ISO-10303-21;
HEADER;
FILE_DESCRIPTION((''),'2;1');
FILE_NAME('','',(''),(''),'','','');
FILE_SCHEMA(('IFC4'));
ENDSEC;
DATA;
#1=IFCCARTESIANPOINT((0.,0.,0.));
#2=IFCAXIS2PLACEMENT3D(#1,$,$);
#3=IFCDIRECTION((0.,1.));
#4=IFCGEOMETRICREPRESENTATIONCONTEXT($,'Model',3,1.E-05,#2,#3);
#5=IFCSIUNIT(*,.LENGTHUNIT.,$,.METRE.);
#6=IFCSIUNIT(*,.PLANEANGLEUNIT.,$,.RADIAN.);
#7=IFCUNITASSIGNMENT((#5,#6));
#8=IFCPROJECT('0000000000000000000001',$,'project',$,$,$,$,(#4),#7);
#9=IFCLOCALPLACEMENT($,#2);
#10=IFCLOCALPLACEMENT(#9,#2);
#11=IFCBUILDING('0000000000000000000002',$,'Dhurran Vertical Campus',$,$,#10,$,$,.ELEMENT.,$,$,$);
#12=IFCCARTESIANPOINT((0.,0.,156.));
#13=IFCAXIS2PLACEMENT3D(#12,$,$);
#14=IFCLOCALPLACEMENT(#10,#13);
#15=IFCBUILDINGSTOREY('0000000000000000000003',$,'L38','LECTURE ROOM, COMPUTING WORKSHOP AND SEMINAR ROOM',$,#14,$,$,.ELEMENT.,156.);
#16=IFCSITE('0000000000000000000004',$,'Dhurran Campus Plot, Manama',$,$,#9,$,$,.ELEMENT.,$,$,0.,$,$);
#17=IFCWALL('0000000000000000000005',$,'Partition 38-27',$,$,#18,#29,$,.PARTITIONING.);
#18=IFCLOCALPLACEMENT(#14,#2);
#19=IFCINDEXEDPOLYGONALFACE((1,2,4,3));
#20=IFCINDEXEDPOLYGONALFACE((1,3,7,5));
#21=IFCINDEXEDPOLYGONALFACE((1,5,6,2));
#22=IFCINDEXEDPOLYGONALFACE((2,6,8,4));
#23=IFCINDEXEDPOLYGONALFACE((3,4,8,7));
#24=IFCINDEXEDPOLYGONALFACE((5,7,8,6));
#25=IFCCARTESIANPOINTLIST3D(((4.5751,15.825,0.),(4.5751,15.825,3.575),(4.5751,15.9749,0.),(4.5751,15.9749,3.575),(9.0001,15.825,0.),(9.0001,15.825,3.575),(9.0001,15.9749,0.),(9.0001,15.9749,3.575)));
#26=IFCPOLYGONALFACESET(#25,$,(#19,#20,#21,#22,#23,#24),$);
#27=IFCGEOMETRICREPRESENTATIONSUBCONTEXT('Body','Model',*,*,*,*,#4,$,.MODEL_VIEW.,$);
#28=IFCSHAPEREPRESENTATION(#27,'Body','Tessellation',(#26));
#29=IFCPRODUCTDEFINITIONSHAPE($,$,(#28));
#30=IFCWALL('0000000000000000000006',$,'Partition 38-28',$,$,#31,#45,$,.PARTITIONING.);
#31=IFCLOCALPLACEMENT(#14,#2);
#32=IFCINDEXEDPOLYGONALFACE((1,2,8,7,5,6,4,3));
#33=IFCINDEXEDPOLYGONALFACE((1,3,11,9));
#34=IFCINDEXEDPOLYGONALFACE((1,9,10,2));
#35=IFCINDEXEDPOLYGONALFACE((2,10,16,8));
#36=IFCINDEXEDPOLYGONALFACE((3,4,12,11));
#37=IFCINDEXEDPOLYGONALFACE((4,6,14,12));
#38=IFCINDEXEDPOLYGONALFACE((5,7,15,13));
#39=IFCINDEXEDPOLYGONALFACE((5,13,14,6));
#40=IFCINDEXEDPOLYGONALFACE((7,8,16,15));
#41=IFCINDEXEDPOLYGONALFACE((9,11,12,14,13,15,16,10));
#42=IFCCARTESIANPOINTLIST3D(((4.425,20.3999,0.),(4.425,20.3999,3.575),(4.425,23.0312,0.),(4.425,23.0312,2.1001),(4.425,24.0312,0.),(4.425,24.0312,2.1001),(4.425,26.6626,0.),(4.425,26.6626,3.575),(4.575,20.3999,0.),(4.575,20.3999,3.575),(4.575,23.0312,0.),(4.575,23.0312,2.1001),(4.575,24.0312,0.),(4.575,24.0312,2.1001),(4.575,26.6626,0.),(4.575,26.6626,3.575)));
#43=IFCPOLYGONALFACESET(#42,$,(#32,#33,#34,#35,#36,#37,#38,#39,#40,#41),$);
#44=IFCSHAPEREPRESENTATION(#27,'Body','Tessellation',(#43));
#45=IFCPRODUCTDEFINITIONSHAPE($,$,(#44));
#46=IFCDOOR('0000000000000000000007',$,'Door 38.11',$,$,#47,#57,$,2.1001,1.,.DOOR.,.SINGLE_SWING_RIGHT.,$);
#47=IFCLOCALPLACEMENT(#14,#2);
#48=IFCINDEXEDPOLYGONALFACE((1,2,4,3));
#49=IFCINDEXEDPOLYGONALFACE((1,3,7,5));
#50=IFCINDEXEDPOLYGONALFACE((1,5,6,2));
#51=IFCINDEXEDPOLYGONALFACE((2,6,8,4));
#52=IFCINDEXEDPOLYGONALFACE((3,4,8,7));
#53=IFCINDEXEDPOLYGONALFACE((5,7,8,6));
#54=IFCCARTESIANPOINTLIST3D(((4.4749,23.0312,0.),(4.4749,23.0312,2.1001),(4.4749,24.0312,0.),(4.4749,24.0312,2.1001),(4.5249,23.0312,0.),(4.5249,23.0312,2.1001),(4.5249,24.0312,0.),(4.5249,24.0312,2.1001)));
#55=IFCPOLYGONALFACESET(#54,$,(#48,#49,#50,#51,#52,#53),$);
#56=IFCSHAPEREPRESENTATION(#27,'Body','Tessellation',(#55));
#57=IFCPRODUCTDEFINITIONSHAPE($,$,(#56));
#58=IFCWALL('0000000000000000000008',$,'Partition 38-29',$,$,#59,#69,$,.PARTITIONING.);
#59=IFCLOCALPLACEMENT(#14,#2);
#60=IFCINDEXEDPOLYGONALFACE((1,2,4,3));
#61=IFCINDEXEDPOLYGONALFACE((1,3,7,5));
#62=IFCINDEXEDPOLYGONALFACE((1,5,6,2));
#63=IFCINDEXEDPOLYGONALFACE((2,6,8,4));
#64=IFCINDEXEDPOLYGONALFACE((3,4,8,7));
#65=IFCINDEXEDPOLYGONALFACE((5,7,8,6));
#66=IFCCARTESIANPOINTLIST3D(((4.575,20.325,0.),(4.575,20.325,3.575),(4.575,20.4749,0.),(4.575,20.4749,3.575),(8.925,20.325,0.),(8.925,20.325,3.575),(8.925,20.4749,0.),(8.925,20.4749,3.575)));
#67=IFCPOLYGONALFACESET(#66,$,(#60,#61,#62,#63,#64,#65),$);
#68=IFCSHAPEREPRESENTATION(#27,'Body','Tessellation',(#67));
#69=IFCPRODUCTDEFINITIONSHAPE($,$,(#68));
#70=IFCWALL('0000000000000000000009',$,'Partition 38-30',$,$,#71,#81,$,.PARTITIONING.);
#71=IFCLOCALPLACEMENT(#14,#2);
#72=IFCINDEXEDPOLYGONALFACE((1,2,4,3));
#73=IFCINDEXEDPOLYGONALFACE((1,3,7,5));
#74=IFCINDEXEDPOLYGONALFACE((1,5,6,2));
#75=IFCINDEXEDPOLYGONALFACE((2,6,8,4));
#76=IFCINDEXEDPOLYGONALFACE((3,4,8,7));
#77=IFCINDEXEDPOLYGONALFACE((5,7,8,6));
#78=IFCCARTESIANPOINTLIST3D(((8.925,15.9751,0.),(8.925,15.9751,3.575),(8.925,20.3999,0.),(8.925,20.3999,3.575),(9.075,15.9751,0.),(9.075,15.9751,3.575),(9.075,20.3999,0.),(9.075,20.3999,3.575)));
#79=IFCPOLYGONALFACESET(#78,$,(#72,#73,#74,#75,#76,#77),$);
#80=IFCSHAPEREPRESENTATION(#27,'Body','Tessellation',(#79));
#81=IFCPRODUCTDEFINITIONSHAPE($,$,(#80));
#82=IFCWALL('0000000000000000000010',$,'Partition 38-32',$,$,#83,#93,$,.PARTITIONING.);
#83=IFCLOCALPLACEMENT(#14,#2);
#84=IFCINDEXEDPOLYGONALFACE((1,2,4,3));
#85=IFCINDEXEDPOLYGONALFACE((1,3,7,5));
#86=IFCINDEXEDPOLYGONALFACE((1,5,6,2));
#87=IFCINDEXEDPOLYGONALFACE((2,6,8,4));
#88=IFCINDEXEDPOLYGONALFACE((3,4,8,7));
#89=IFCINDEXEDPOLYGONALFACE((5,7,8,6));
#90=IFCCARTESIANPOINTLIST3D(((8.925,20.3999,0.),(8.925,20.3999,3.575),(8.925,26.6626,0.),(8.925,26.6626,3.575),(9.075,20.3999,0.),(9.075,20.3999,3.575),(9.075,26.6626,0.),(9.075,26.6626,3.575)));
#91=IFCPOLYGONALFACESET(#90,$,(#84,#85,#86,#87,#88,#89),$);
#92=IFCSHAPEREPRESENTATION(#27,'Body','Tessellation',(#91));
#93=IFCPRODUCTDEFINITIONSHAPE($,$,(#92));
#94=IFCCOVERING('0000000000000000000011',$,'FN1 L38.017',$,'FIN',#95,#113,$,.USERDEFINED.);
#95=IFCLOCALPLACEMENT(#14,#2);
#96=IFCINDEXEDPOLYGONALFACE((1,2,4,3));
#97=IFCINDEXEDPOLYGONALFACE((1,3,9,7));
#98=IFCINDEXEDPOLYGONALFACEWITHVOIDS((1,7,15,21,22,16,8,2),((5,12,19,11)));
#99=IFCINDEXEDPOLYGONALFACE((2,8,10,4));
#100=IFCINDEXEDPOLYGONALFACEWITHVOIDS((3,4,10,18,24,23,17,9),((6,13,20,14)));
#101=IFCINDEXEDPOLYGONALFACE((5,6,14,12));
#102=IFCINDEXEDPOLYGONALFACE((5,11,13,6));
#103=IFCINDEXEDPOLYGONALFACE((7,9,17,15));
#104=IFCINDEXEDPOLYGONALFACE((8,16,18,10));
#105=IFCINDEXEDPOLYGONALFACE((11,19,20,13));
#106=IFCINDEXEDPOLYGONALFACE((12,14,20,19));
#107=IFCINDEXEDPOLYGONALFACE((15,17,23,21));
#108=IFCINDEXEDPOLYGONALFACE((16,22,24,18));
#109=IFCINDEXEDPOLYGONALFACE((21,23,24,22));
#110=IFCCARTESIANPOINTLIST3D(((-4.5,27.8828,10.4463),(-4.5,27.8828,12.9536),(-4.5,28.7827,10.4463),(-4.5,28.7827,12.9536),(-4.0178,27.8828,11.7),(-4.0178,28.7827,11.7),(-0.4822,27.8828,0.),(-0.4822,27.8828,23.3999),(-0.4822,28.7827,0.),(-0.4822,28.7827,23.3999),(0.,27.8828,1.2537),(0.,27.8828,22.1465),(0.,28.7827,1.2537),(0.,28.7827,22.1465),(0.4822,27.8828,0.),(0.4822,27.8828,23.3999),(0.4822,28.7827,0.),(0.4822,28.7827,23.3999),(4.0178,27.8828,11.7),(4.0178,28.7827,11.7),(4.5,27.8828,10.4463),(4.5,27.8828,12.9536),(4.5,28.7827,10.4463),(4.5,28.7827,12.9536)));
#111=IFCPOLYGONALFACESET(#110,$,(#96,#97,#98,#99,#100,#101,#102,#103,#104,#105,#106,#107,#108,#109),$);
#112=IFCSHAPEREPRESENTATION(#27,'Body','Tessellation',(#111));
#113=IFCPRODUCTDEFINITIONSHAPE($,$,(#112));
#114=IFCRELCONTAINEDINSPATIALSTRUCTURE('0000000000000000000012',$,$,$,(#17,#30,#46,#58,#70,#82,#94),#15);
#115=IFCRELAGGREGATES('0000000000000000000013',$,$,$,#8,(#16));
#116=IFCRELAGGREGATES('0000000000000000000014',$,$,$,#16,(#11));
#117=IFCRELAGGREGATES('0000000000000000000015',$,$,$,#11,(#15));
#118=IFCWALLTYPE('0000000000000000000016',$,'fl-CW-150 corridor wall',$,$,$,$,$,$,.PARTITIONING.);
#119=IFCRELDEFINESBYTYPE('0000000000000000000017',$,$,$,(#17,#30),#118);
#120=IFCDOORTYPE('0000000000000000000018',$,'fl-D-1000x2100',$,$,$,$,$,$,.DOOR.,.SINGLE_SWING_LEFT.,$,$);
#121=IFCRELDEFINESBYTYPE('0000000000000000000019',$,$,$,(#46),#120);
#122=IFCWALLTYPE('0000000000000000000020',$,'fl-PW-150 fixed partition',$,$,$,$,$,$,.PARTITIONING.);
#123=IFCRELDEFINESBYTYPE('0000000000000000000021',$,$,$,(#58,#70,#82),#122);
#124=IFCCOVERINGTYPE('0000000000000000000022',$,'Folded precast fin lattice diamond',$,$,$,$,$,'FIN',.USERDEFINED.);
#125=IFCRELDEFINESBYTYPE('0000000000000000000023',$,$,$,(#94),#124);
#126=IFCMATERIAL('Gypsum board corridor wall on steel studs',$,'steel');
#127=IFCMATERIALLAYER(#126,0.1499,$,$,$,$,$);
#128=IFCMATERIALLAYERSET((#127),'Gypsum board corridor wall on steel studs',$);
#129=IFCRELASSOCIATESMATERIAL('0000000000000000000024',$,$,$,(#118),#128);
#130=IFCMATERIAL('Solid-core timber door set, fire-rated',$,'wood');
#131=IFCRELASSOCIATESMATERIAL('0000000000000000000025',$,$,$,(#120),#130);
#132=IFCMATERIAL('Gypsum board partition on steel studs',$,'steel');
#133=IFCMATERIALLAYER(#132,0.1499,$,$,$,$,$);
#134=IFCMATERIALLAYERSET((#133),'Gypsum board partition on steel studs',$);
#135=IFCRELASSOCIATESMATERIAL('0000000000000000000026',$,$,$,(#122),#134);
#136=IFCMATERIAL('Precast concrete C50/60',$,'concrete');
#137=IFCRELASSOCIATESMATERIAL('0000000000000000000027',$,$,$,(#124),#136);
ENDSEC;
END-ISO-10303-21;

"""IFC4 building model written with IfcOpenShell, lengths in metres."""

from ifc_helpers import new_model, si_unit, direction, frame, frame_2d, origin, place, context, subcontext, project, spatial, polyline, rectangle, outline, extrude, material, layer, layer_set, type_object, element, fill, save


model = new_model("IFC4")

# Units and contexts
model_context = context("Model", 3, precision=1e-05, world=origin(), true_north=direction((0.0, 1.0)))
body_context = subcontext(model_context, "Body", "Model", "MODEL_VIEW")
ifc_project = project(units=[si_unit("LENGTHUNIT", "METRE"), si_unit("PLANEANGLEUNIT", "RADIAN")], contexts=[model_context])

# Site, building, storey
site_placement = place(None, origin())
site = spatial("IfcSite", under=ifc_project, at=site_placement, Name="Dhurran Campus Plot, Manama", CompositionType="ELEMENT", RefElevation=0.0)
building_placement = place(site_placement, origin())
building = spatial("IfcBuilding", under=site, at=building_placement, Name="Dhurran Vertical Campus", CompositionType="ELEMENT")
storey_placement = place(building_placement, frame((0.0, 0.0, 156.0)))
storey = spatial("IfcBuildingStorey", under=building, at=storey_placement, Name="L38", Description="LECTURE ROOM, COMPUTING WORKSHOP AND SEMINAR ROOM", CompositionType="ELEMENT", Elevation=156.0)

# Shared definitions
ifc_material_1 = material(Name="Gypsum board corridor wall on steel studs", Category="steel")
ifc_layer_1 = layer(ifc_material_1, 0.1499)
ifc_layer_set_1 = layer_set([ifc_layer_1], Name="Gypsum board corridor wall on steel studs")
wall_type_1 = type_object("IfcWallType", Name="fl-CW-150 corridor wall", PredefinedType="PARTITIONING", material=ifc_layer_set_1)
ifc_material_2 = material(Name="Solid-core timber door set, fire-rated", Category="wood")
door_type_1 = type_object("IfcDoorType", Name="fl-D-1000x2100", OperationType="SINGLE_SWING_LEFT", PredefinedType="DOOR", material=ifc_material_2)

# Wall
wall_1_placement = place(storey_placement, frame((9.0, 15.8999, 0.0), z_axis=(0.0, 0.0, 1.0), x_axis=(-1.0, 0.0, 0.0)))
element("IfcWall", 1, at=wall_1_placement, inside=storey, type_object=wall_type_1, Name="Partition 38-27", PredefinedType="PARTITIONING", context=body_context, shape_type="SweptSolid", body=[
    extrude(rectangle(XDim=4.425, YDim=0.1499, at=frame_2d((2.2124, 0.0))), origin(), (0.0, 0.0, 1.0), 3.575),
])

# Wall, opening, door
wall_2_placement = place(storey_placement, frame((4.5, 26.6626, 0.0), z_axis=(0.0, 0.0, 1.0), x_axis=(0.0, -1.0, 0.0)))
wall_2 = element("IfcWall", 2, at=wall_2_placement, inside=storey, type_object=wall_type_1, Name="Partition 38-28", PredefinedType="PARTITIONING", context=body_context, shape_type="SweptSolid", body=[
    extrude(rectangle(XDim=6.2627, YDim=0.1499, at=frame_2d((3.1313, 0.0))), origin(), (0.0, 0.0, 1.0), 3.575),
])
opening_1_placement = place(wall_2_placement, frame((2.6313, 0.0, 0.0)))
opening_1 = element("IfcOpeningElement", 3, at=opening_1_placement, cuts=wall_2, PredefinedType="OPENING", context=body_context, shape_type="SweptSolid", body=[
    extrude(rectangle(XDim=1.0, YDim=2.1001, at=frame_2d((0.5, 1.05))), frame((0.0, 0.085, 0.0), z_axis=(0.0, -1.0, 0.0), x_axis=(1.0, 0.0, 0.0)), (0.0, 0.0, 1.0), 0.1699),
])
door_1_placement = place(opening_1_placement, origin())
door_1 = element("IfcDoor", 4, at=door_1_placement, inside=storey, type_object=door_type_1, Name="Door 38.11", OperationType="SINGLE_SWING_RIGHT", OverallHeight=2.1001, OverallWidth=1.0, PredefinedType="DOOR", context=body_context, shape_type="SweptSolid", body=[
    extrude(rectangle(XDim=1.0, YDim=2.1001, at=frame_2d((0.5, 1.05))), frame((0.0, 0.0249, 0.0), z_axis=(0.0, -1.0, 0.0), x_axis=(1.0, 0.0, 0.0)), (0.0, 0.0, 1.0), 0.05),
])
fill(opening_1, door_1)

# Walls
ifc_material_3 = material(Name="Gypsum board partition on steel studs", Category="steel")
ifc_layer_2 = layer(ifc_material_3, 0.1499)
ifc_layer_set_2 = layer_set([ifc_layer_2], Name="Gypsum board partition on steel studs")
wall_type_2 = type_object("IfcWallType", Name="fl-PW-150 fixed partition", PredefinedType="PARTITIONING", material=ifc_layer_set_2)
wall_3_placement = place(storey_placement, frame((4.575, 20.3999, 0.0), z_axis=(0.0, 0.0, 1.0), x_axis=(1.0, 0.0, 0.0)))
element("IfcWall", 5, at=wall_3_placement, inside=storey, type_object=wall_type_2, Name="Partition 38-29", PredefinedType="PARTITIONING", context=body_context, shape_type="SweptSolid", body=[
    extrude(rectangle(XDim=4.3501, YDim=0.1499, at=frame_2d((2.175, 0.0))), origin(), (0.0, 0.0, 1.0), 3.575),
])
wall_4_placement = place(storey_placement, frame((9.0, 20.3999, 0.0), z_axis=(0.0, 0.0, 1.0), x_axis=(0.0, -1.0, 0.0)))
element("IfcWall", 6, at=wall_4_placement, inside=storey, type_object=wall_type_2, Name="Partition 38-30", PredefinedType="PARTITIONING", context=body_context, shape_type="SweptSolid", body=[
    extrude(rectangle(XDim=4.4248, YDim=0.1499, at=frame_2d((2.2124, 0.0))), origin(), (0.0, 0.0, 1.0), 3.575),
])
wall_5_placement = place(storey_placement, frame((9.0, 26.6626, 0.0), z_axis=(0.0, 0.0, 1.0), x_axis=(0.0, -1.0, 0.0)))
element("IfcWall", 7, at=wall_5_placement, inside=storey, type_object=wall_type_2, Name="Partition 38-32", PredefinedType="PARTITIONING", context=body_context, shape_type="SweptSolid", body=[
    extrude(rectangle(XDim=6.2627, YDim=0.1499, at=frame_2d((3.1313, 0.0))), origin(), (0.0, 0.0, 1.0), 3.575),
])

# Covering
ifc_material_4 = material(Name="Precast concrete C50/60", Category="concrete")
covering_type = type_object("IfcCoveringType", Name="Folded precast fin lattice diamond", ElementType="FIN", PredefinedType="USERDEFINED", material=ifc_material_4)
covering_placement = place(storey_placement, frame((4.5, 27.8828, 0.0), z_axis=(0.0, 1.0, 0.0), x_axis=(-1.0, 0.0, 0.0)))
element("IfcCovering", 8, at=covering_placement, inside=storey, type_object=covering_type, Name="FN1 L38.017", ObjectType="FIN", PredefinedType="USERDEFINED", context=body_context, shape_type="SweptSolid", body=[
    extrude(outline(polyline([(9.0, 12.9536), (9.0, 10.4463), (4.9822, 0.0), (4.0178, 0.0), (0.0, 10.4463), (0.0, 12.9536), (4.0178, 23.3999), (4.9822, 23.3999), (9.0, 12.9536)]), holes=[polyline([(8.5178, 11.7), (4.5, 22.1465), (0.4822, 11.7), (4.5, 1.2537), (8.5178, 11.7)])]), origin(), (0.0, 0.0, 1.0), 0.8999),
])

save(model, "model.ifc")
